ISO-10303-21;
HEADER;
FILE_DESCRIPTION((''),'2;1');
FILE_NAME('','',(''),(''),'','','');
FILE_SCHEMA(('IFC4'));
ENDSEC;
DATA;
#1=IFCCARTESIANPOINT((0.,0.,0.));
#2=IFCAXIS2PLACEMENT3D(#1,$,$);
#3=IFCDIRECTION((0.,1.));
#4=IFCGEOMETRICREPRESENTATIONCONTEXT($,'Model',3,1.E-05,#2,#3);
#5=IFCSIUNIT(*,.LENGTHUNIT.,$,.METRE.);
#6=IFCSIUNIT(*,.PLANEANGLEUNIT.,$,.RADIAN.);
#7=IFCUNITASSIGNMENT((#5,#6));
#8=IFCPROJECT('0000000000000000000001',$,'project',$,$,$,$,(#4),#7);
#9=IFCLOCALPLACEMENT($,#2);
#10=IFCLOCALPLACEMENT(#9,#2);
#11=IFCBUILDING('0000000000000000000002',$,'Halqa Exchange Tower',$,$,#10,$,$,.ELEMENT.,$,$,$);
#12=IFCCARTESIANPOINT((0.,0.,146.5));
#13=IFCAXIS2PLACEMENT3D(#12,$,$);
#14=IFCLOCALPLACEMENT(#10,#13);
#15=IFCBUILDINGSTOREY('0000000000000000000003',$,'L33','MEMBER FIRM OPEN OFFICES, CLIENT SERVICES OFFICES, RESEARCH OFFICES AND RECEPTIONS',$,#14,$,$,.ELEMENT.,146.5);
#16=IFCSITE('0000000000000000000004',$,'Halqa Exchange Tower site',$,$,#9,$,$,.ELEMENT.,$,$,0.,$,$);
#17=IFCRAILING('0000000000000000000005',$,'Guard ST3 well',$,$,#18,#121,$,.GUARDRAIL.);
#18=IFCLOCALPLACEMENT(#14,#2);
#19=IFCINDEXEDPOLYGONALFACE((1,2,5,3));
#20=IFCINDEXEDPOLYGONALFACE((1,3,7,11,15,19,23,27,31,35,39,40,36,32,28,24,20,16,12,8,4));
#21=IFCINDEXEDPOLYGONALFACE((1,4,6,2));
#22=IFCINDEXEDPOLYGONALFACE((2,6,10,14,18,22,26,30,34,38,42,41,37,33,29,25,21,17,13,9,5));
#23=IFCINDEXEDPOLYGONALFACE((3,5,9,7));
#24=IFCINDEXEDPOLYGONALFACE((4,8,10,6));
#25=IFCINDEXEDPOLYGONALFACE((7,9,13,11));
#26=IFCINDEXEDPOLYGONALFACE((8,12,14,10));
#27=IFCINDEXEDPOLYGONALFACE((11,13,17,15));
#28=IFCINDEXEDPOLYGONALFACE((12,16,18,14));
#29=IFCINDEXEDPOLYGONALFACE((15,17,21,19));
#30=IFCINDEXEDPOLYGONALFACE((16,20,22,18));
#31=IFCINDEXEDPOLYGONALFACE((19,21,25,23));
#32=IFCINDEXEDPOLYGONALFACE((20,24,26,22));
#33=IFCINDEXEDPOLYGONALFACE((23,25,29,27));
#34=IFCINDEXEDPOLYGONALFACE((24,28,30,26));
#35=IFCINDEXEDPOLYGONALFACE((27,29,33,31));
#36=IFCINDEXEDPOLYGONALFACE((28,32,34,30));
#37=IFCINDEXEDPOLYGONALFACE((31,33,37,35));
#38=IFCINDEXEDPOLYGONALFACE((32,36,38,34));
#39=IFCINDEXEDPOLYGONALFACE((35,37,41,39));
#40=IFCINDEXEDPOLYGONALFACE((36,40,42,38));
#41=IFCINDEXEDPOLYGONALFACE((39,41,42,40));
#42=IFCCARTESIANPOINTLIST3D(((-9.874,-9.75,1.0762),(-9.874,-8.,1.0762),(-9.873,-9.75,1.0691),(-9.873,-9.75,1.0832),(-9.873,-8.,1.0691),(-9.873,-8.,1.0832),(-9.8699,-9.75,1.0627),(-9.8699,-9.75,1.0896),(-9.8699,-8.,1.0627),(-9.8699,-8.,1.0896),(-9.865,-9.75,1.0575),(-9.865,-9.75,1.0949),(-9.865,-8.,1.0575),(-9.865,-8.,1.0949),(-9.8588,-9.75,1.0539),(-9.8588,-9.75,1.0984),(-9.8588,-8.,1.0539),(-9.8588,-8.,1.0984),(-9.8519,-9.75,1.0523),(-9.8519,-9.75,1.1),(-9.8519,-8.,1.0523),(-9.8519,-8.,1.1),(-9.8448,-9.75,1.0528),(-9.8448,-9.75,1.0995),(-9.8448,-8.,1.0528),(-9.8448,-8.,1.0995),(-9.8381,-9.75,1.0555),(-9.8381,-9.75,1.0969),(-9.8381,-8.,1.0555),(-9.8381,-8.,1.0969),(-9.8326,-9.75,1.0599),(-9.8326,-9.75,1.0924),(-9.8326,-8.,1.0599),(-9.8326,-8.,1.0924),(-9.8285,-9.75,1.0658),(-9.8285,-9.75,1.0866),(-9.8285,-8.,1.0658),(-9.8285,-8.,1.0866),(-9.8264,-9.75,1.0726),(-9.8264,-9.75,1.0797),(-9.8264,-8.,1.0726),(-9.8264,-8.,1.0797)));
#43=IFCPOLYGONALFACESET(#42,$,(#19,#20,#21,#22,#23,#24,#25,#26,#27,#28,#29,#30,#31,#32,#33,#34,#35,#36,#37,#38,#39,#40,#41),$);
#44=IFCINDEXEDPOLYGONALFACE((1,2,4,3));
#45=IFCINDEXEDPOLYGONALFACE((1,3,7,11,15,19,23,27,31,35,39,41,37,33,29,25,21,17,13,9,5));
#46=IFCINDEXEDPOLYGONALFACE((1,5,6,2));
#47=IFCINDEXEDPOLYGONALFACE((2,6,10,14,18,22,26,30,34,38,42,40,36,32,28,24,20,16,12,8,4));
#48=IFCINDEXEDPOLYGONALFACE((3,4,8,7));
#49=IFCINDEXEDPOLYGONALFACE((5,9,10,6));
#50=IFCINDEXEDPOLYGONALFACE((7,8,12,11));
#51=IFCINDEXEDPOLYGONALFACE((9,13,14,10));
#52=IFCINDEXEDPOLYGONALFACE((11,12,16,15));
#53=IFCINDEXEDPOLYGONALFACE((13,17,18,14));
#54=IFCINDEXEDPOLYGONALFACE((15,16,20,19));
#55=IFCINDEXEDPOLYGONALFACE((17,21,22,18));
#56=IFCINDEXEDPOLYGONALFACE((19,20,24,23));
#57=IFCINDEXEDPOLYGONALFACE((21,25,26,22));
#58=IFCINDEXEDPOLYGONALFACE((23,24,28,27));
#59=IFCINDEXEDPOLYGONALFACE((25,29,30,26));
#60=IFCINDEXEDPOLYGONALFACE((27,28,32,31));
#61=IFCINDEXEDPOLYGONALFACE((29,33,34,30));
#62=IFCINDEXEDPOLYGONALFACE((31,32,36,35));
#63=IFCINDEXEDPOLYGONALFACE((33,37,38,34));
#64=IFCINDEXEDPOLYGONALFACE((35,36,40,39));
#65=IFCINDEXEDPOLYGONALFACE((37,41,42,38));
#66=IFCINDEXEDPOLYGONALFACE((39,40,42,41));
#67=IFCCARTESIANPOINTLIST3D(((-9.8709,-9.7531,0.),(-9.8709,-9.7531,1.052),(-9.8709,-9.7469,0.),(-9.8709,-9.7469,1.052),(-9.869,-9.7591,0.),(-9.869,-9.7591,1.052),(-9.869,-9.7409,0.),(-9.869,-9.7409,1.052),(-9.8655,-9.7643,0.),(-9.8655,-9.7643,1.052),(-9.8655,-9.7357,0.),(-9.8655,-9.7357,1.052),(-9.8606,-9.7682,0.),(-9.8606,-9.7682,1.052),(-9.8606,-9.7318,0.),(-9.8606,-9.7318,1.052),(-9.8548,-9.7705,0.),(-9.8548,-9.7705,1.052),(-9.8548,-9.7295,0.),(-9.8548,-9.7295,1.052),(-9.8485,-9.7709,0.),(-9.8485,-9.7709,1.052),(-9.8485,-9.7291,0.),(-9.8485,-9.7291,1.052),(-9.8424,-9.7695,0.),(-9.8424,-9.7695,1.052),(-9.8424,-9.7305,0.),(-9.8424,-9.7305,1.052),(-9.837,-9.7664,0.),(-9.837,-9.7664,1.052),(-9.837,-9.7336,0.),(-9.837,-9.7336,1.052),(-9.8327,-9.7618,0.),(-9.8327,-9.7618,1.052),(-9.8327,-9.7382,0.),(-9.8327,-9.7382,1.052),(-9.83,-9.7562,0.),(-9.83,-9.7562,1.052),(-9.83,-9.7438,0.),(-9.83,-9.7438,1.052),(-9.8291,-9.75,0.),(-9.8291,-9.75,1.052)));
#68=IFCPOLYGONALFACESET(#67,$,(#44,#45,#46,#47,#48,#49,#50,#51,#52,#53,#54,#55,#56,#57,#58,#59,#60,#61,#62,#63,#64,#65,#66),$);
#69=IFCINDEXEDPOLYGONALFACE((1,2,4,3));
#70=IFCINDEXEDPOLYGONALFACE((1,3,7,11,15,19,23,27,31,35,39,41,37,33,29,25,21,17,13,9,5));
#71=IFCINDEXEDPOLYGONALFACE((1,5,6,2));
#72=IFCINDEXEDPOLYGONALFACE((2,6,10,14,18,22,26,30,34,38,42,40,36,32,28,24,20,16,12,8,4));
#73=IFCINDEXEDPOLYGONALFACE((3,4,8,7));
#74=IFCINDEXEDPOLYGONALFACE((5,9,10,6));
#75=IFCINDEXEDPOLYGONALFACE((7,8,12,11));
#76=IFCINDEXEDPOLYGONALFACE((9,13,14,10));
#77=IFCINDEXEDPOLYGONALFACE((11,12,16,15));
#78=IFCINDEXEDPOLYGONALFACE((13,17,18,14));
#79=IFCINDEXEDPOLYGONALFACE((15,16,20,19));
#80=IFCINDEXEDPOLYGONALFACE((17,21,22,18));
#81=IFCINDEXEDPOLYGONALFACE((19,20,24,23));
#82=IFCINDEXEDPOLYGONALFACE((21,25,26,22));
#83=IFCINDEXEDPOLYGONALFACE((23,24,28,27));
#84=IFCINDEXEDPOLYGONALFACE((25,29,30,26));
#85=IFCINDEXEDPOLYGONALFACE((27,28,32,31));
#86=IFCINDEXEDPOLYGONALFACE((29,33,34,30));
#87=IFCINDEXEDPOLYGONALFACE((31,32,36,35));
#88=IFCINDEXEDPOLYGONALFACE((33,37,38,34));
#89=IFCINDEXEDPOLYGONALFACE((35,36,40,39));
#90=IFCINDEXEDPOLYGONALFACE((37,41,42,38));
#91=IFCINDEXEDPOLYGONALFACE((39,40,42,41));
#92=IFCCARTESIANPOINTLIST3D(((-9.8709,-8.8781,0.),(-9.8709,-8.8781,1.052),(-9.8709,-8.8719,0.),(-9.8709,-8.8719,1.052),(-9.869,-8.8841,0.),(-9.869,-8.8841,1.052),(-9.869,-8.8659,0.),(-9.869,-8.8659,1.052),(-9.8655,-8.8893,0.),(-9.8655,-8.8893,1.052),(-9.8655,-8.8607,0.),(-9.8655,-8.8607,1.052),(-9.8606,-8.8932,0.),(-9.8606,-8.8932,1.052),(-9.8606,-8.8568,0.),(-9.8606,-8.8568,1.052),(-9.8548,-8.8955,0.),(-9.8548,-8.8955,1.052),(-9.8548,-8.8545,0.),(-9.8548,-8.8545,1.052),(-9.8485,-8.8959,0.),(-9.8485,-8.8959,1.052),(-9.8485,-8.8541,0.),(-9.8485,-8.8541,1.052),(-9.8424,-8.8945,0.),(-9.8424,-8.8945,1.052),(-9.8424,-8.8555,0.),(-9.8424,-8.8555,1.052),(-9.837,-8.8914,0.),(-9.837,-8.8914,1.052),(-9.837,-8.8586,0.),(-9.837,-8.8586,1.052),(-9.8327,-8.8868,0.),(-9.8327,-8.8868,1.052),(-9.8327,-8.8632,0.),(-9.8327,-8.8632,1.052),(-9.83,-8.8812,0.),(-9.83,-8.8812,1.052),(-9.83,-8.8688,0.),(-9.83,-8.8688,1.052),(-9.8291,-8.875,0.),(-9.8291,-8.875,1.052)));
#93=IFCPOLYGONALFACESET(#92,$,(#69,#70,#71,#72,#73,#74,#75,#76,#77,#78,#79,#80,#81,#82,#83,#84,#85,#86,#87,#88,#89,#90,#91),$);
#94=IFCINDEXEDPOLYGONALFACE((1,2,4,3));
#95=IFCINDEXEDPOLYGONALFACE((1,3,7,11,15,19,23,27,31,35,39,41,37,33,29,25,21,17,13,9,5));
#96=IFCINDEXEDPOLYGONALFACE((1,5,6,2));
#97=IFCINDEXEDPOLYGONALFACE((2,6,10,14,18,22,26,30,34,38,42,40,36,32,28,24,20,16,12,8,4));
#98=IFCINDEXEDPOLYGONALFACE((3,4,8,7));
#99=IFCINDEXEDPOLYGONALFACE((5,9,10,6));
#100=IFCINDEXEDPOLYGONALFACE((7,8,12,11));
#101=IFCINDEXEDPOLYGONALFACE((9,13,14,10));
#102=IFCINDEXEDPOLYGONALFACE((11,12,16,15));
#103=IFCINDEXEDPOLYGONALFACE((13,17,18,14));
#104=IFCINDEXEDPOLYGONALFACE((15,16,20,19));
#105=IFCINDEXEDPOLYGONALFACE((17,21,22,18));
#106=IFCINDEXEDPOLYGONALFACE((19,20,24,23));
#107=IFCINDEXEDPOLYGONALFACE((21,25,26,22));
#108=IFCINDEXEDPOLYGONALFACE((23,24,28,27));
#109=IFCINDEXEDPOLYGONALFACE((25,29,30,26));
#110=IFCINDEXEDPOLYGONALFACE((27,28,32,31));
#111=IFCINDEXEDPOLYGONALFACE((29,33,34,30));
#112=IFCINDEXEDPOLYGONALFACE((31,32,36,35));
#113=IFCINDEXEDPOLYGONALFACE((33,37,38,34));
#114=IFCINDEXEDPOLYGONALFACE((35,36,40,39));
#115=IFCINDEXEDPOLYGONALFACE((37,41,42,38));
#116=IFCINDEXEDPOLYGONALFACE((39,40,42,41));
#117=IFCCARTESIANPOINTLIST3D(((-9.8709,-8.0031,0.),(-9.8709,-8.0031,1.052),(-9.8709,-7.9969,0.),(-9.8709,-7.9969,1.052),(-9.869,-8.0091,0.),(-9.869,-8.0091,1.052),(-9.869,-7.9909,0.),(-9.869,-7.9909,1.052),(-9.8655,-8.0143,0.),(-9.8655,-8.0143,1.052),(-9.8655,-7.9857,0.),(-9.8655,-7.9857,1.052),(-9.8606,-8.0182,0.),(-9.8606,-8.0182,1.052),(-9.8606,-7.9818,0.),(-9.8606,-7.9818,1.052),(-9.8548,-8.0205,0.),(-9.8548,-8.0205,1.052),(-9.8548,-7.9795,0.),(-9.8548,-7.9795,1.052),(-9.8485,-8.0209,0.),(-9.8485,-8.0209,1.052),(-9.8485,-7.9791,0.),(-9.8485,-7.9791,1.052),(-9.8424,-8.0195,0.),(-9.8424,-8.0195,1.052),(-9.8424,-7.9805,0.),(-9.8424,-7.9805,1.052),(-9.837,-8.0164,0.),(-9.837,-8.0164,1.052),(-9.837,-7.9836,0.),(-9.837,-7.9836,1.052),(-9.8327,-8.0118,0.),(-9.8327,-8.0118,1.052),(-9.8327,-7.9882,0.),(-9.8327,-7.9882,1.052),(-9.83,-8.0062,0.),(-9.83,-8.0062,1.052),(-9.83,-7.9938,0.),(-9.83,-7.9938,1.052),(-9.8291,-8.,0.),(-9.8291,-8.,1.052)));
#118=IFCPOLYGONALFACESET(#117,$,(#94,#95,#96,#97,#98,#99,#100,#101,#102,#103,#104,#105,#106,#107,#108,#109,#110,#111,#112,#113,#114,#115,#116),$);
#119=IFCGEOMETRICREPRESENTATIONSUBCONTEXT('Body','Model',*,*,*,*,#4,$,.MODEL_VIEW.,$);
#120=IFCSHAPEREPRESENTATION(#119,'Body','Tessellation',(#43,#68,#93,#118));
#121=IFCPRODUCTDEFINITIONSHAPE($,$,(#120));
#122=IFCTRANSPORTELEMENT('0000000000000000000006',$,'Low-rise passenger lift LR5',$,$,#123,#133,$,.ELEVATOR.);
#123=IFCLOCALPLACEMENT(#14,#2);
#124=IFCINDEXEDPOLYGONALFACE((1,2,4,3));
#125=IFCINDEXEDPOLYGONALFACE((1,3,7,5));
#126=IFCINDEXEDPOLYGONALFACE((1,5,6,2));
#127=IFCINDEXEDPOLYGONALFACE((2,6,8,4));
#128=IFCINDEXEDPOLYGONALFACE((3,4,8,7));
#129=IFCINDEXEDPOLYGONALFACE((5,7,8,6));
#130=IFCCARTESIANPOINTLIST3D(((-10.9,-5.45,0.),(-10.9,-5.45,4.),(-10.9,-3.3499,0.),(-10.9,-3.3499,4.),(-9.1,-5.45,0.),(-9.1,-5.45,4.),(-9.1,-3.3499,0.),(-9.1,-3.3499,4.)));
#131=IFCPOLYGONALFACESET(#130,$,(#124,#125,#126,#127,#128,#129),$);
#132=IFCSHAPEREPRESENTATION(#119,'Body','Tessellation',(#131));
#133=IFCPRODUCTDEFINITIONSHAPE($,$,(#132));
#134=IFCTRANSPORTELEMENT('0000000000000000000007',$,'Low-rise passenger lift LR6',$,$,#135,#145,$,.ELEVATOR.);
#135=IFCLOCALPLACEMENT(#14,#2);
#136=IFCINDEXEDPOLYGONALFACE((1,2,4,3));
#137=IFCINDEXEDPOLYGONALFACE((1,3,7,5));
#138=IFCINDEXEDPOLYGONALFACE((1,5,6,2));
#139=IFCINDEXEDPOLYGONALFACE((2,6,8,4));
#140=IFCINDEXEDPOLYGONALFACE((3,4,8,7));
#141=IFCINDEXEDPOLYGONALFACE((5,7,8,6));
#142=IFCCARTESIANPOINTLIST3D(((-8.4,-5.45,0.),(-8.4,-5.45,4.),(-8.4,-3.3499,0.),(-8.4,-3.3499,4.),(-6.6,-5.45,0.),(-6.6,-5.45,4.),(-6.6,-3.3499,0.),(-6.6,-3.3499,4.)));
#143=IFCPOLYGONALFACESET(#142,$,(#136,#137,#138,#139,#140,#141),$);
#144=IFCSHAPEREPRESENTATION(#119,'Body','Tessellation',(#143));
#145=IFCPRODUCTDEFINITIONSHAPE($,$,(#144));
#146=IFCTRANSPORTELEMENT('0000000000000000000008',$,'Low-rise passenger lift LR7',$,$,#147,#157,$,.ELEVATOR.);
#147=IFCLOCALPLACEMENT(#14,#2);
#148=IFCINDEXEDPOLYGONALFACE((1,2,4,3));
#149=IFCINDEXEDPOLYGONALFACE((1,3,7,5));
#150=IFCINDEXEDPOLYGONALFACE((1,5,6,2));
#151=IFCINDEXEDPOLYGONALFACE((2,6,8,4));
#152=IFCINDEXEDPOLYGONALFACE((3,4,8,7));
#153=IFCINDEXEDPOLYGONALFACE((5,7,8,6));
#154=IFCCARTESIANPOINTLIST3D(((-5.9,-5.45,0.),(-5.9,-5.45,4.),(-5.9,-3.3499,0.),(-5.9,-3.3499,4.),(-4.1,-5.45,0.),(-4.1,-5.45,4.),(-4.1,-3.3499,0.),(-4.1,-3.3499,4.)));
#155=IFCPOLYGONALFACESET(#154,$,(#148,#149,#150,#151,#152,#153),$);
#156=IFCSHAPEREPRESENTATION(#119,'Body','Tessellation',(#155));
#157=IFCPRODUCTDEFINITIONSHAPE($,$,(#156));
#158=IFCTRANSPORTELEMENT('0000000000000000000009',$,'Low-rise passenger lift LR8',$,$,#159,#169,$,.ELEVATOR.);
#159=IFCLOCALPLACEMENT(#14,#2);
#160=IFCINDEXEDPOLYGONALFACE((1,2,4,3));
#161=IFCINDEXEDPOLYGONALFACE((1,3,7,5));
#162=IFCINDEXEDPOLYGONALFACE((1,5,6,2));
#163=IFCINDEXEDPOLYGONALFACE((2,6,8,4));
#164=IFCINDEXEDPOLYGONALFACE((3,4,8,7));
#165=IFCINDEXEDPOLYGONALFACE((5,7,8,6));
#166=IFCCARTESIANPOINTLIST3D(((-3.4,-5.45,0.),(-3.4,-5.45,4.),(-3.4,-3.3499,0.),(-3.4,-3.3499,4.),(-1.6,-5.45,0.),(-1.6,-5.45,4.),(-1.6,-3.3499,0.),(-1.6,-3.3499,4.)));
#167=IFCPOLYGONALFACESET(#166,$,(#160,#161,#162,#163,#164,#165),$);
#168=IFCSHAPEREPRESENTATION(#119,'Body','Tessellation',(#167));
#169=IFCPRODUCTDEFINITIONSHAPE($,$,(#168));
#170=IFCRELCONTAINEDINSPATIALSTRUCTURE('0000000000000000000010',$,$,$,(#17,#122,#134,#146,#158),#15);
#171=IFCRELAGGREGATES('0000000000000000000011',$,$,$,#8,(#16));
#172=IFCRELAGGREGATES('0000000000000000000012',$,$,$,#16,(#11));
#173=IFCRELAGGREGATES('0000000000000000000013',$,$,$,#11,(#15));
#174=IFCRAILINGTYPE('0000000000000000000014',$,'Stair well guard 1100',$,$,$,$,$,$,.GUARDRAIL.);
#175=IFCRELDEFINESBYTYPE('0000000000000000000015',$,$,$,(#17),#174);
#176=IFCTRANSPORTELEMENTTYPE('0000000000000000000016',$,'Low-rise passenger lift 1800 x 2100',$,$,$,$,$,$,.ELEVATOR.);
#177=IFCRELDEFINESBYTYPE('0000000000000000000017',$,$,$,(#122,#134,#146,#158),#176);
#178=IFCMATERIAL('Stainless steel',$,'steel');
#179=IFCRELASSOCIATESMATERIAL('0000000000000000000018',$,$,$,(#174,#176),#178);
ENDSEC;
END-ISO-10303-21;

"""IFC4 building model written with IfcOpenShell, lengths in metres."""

from ifc_helpers import new_model, si_unit, direction, frame, origin, origin_2d, place, context, subcontext, project, spatial, rectangle, circle, extrude, material, type_object, element, save


model = new_model("IFC4")

# Units and contexts
model_context = context("Model", 3, precision=1e-05, world=origin(), true_north=direction((0.0, 1.0)))
body_context = subcontext(model_context, "Body", "Model", "MODEL_VIEW")
ifc_project = project(units=[si_unit("LENGTHUNIT", "METRE"), si_unit("PLANEANGLEUNIT", "RADIAN")], contexts=[model_context])

# Site, building, storey
site_placement = place(None, origin())
site = spatial("IfcSite", under=ifc_project, at=site_placement, Name="Halqa Exchange Tower site", CompositionType="ELEMENT", RefElevation=0.0)
building_placement = place(site_placement, origin())
building = spatial("IfcBuilding", under=site, at=building_placement, Name="Halqa Exchange Tower", CompositionType="ELEMENT")
storey_placement = place(building_placement, frame((0.0, 0.0, 146.5)))
storey = spatial("IfcBuildingStorey", under=building, at=storey_placement, Name="L33", Description="MEMBER FIRM OPEN OFFICES, CLIENT SERVICES OFFICES, RESEARCH OFFICES AND RECEPTIONS", CompositionType="ELEMENT", Elevation=146.5)

# Shared definitions
ifc_material_1 = material(Name="Stainless steel", Category="steel")

# Railing
railing_type_1 = type_object("IfcRailingType", Name="Stair well guard 1100", PredefinedType="GUARDRAIL", material=ifc_material_1)
railing_1_placement = place(storey_placement, frame((-9.8501, -9.75, 0.0)))
element("IfcRailing", 1, at=railing_1_placement, inside=storey, type_object=railing_type_1, Name="Guard ST3 well", PredefinedType="GUARDRAIL", context=body_context, shape_type="SweptSolid", body=[
    extrude(circle(Radius=0.0239, at=origin_2d()), frame((0.0, 0.0, 1.0762), z_axis=(0.0, 1.0, 0.0), x_axis=(-1.0, 0.0, 0.0)), (0.0, 0.0, 1.0), 1.75),
    extrude(circle(Radius=0.021, at=origin_2d()), origin(), (0.0, 0.0, 1.0), 1.052),
    extrude(circle(Radius=0.021, at=origin_2d()), frame((0.0, 0.875, 0.0)), (0.0, 0.0, 1.0), 1.052),
    extrude(circle(Radius=0.021, at=origin_2d()), frame((0.0, 1.75, 0.0)), (0.0, 0.0, 1.0), 1.052),
])

# Transport elements
transport_element_type = type_object("IfcTransportElementType", Name="Low-rise passenger lift 1800 x 2100", PredefinedType="ELEVATOR", material=ifc_material_1)
for number, where, z_axis, x_axis, name in (
    (2, (-10.0, -4.3999, 0.0), (0.0, 0.0, 1.0), (1.0, 0.0, 0.0), "Low-rise passenger lift LR5"),
    (3, (-7.5, -4.3999, 0.0), (0.0, 0.0, 1.0), (1.0, 0.0, 0.0), "Low-rise passenger lift LR6"),
    (4, (-5.0, -4.3999, 0.0), (0.0, 0.0, 1.0), (1.0, 0.0, 0.0), "Low-rise passenger lift LR7"),
    (5, (-2.5, -4.3999, 0.0), (0.0, 0.0, 1.0), (1.0, 0.0, 0.0), "Low-rise passenger lift LR8"),
):
    element("IfcTransportElement", number, at=place(storey_placement, frame(where, z_axis=z_axis, x_axis=x_axis)), inside=storey, type_object=transport_element_type, Name=name, PredefinedType="ELEVATOR", context=body_context, shape_type="SweptSolid", body=[
        extrude(rectangle(XDim=1.8, YDim=2.1001, at=origin_2d()), origin(), (0.0, 0.0, 1.0), 4.0),
    ])

save(model, "model.ifc")
